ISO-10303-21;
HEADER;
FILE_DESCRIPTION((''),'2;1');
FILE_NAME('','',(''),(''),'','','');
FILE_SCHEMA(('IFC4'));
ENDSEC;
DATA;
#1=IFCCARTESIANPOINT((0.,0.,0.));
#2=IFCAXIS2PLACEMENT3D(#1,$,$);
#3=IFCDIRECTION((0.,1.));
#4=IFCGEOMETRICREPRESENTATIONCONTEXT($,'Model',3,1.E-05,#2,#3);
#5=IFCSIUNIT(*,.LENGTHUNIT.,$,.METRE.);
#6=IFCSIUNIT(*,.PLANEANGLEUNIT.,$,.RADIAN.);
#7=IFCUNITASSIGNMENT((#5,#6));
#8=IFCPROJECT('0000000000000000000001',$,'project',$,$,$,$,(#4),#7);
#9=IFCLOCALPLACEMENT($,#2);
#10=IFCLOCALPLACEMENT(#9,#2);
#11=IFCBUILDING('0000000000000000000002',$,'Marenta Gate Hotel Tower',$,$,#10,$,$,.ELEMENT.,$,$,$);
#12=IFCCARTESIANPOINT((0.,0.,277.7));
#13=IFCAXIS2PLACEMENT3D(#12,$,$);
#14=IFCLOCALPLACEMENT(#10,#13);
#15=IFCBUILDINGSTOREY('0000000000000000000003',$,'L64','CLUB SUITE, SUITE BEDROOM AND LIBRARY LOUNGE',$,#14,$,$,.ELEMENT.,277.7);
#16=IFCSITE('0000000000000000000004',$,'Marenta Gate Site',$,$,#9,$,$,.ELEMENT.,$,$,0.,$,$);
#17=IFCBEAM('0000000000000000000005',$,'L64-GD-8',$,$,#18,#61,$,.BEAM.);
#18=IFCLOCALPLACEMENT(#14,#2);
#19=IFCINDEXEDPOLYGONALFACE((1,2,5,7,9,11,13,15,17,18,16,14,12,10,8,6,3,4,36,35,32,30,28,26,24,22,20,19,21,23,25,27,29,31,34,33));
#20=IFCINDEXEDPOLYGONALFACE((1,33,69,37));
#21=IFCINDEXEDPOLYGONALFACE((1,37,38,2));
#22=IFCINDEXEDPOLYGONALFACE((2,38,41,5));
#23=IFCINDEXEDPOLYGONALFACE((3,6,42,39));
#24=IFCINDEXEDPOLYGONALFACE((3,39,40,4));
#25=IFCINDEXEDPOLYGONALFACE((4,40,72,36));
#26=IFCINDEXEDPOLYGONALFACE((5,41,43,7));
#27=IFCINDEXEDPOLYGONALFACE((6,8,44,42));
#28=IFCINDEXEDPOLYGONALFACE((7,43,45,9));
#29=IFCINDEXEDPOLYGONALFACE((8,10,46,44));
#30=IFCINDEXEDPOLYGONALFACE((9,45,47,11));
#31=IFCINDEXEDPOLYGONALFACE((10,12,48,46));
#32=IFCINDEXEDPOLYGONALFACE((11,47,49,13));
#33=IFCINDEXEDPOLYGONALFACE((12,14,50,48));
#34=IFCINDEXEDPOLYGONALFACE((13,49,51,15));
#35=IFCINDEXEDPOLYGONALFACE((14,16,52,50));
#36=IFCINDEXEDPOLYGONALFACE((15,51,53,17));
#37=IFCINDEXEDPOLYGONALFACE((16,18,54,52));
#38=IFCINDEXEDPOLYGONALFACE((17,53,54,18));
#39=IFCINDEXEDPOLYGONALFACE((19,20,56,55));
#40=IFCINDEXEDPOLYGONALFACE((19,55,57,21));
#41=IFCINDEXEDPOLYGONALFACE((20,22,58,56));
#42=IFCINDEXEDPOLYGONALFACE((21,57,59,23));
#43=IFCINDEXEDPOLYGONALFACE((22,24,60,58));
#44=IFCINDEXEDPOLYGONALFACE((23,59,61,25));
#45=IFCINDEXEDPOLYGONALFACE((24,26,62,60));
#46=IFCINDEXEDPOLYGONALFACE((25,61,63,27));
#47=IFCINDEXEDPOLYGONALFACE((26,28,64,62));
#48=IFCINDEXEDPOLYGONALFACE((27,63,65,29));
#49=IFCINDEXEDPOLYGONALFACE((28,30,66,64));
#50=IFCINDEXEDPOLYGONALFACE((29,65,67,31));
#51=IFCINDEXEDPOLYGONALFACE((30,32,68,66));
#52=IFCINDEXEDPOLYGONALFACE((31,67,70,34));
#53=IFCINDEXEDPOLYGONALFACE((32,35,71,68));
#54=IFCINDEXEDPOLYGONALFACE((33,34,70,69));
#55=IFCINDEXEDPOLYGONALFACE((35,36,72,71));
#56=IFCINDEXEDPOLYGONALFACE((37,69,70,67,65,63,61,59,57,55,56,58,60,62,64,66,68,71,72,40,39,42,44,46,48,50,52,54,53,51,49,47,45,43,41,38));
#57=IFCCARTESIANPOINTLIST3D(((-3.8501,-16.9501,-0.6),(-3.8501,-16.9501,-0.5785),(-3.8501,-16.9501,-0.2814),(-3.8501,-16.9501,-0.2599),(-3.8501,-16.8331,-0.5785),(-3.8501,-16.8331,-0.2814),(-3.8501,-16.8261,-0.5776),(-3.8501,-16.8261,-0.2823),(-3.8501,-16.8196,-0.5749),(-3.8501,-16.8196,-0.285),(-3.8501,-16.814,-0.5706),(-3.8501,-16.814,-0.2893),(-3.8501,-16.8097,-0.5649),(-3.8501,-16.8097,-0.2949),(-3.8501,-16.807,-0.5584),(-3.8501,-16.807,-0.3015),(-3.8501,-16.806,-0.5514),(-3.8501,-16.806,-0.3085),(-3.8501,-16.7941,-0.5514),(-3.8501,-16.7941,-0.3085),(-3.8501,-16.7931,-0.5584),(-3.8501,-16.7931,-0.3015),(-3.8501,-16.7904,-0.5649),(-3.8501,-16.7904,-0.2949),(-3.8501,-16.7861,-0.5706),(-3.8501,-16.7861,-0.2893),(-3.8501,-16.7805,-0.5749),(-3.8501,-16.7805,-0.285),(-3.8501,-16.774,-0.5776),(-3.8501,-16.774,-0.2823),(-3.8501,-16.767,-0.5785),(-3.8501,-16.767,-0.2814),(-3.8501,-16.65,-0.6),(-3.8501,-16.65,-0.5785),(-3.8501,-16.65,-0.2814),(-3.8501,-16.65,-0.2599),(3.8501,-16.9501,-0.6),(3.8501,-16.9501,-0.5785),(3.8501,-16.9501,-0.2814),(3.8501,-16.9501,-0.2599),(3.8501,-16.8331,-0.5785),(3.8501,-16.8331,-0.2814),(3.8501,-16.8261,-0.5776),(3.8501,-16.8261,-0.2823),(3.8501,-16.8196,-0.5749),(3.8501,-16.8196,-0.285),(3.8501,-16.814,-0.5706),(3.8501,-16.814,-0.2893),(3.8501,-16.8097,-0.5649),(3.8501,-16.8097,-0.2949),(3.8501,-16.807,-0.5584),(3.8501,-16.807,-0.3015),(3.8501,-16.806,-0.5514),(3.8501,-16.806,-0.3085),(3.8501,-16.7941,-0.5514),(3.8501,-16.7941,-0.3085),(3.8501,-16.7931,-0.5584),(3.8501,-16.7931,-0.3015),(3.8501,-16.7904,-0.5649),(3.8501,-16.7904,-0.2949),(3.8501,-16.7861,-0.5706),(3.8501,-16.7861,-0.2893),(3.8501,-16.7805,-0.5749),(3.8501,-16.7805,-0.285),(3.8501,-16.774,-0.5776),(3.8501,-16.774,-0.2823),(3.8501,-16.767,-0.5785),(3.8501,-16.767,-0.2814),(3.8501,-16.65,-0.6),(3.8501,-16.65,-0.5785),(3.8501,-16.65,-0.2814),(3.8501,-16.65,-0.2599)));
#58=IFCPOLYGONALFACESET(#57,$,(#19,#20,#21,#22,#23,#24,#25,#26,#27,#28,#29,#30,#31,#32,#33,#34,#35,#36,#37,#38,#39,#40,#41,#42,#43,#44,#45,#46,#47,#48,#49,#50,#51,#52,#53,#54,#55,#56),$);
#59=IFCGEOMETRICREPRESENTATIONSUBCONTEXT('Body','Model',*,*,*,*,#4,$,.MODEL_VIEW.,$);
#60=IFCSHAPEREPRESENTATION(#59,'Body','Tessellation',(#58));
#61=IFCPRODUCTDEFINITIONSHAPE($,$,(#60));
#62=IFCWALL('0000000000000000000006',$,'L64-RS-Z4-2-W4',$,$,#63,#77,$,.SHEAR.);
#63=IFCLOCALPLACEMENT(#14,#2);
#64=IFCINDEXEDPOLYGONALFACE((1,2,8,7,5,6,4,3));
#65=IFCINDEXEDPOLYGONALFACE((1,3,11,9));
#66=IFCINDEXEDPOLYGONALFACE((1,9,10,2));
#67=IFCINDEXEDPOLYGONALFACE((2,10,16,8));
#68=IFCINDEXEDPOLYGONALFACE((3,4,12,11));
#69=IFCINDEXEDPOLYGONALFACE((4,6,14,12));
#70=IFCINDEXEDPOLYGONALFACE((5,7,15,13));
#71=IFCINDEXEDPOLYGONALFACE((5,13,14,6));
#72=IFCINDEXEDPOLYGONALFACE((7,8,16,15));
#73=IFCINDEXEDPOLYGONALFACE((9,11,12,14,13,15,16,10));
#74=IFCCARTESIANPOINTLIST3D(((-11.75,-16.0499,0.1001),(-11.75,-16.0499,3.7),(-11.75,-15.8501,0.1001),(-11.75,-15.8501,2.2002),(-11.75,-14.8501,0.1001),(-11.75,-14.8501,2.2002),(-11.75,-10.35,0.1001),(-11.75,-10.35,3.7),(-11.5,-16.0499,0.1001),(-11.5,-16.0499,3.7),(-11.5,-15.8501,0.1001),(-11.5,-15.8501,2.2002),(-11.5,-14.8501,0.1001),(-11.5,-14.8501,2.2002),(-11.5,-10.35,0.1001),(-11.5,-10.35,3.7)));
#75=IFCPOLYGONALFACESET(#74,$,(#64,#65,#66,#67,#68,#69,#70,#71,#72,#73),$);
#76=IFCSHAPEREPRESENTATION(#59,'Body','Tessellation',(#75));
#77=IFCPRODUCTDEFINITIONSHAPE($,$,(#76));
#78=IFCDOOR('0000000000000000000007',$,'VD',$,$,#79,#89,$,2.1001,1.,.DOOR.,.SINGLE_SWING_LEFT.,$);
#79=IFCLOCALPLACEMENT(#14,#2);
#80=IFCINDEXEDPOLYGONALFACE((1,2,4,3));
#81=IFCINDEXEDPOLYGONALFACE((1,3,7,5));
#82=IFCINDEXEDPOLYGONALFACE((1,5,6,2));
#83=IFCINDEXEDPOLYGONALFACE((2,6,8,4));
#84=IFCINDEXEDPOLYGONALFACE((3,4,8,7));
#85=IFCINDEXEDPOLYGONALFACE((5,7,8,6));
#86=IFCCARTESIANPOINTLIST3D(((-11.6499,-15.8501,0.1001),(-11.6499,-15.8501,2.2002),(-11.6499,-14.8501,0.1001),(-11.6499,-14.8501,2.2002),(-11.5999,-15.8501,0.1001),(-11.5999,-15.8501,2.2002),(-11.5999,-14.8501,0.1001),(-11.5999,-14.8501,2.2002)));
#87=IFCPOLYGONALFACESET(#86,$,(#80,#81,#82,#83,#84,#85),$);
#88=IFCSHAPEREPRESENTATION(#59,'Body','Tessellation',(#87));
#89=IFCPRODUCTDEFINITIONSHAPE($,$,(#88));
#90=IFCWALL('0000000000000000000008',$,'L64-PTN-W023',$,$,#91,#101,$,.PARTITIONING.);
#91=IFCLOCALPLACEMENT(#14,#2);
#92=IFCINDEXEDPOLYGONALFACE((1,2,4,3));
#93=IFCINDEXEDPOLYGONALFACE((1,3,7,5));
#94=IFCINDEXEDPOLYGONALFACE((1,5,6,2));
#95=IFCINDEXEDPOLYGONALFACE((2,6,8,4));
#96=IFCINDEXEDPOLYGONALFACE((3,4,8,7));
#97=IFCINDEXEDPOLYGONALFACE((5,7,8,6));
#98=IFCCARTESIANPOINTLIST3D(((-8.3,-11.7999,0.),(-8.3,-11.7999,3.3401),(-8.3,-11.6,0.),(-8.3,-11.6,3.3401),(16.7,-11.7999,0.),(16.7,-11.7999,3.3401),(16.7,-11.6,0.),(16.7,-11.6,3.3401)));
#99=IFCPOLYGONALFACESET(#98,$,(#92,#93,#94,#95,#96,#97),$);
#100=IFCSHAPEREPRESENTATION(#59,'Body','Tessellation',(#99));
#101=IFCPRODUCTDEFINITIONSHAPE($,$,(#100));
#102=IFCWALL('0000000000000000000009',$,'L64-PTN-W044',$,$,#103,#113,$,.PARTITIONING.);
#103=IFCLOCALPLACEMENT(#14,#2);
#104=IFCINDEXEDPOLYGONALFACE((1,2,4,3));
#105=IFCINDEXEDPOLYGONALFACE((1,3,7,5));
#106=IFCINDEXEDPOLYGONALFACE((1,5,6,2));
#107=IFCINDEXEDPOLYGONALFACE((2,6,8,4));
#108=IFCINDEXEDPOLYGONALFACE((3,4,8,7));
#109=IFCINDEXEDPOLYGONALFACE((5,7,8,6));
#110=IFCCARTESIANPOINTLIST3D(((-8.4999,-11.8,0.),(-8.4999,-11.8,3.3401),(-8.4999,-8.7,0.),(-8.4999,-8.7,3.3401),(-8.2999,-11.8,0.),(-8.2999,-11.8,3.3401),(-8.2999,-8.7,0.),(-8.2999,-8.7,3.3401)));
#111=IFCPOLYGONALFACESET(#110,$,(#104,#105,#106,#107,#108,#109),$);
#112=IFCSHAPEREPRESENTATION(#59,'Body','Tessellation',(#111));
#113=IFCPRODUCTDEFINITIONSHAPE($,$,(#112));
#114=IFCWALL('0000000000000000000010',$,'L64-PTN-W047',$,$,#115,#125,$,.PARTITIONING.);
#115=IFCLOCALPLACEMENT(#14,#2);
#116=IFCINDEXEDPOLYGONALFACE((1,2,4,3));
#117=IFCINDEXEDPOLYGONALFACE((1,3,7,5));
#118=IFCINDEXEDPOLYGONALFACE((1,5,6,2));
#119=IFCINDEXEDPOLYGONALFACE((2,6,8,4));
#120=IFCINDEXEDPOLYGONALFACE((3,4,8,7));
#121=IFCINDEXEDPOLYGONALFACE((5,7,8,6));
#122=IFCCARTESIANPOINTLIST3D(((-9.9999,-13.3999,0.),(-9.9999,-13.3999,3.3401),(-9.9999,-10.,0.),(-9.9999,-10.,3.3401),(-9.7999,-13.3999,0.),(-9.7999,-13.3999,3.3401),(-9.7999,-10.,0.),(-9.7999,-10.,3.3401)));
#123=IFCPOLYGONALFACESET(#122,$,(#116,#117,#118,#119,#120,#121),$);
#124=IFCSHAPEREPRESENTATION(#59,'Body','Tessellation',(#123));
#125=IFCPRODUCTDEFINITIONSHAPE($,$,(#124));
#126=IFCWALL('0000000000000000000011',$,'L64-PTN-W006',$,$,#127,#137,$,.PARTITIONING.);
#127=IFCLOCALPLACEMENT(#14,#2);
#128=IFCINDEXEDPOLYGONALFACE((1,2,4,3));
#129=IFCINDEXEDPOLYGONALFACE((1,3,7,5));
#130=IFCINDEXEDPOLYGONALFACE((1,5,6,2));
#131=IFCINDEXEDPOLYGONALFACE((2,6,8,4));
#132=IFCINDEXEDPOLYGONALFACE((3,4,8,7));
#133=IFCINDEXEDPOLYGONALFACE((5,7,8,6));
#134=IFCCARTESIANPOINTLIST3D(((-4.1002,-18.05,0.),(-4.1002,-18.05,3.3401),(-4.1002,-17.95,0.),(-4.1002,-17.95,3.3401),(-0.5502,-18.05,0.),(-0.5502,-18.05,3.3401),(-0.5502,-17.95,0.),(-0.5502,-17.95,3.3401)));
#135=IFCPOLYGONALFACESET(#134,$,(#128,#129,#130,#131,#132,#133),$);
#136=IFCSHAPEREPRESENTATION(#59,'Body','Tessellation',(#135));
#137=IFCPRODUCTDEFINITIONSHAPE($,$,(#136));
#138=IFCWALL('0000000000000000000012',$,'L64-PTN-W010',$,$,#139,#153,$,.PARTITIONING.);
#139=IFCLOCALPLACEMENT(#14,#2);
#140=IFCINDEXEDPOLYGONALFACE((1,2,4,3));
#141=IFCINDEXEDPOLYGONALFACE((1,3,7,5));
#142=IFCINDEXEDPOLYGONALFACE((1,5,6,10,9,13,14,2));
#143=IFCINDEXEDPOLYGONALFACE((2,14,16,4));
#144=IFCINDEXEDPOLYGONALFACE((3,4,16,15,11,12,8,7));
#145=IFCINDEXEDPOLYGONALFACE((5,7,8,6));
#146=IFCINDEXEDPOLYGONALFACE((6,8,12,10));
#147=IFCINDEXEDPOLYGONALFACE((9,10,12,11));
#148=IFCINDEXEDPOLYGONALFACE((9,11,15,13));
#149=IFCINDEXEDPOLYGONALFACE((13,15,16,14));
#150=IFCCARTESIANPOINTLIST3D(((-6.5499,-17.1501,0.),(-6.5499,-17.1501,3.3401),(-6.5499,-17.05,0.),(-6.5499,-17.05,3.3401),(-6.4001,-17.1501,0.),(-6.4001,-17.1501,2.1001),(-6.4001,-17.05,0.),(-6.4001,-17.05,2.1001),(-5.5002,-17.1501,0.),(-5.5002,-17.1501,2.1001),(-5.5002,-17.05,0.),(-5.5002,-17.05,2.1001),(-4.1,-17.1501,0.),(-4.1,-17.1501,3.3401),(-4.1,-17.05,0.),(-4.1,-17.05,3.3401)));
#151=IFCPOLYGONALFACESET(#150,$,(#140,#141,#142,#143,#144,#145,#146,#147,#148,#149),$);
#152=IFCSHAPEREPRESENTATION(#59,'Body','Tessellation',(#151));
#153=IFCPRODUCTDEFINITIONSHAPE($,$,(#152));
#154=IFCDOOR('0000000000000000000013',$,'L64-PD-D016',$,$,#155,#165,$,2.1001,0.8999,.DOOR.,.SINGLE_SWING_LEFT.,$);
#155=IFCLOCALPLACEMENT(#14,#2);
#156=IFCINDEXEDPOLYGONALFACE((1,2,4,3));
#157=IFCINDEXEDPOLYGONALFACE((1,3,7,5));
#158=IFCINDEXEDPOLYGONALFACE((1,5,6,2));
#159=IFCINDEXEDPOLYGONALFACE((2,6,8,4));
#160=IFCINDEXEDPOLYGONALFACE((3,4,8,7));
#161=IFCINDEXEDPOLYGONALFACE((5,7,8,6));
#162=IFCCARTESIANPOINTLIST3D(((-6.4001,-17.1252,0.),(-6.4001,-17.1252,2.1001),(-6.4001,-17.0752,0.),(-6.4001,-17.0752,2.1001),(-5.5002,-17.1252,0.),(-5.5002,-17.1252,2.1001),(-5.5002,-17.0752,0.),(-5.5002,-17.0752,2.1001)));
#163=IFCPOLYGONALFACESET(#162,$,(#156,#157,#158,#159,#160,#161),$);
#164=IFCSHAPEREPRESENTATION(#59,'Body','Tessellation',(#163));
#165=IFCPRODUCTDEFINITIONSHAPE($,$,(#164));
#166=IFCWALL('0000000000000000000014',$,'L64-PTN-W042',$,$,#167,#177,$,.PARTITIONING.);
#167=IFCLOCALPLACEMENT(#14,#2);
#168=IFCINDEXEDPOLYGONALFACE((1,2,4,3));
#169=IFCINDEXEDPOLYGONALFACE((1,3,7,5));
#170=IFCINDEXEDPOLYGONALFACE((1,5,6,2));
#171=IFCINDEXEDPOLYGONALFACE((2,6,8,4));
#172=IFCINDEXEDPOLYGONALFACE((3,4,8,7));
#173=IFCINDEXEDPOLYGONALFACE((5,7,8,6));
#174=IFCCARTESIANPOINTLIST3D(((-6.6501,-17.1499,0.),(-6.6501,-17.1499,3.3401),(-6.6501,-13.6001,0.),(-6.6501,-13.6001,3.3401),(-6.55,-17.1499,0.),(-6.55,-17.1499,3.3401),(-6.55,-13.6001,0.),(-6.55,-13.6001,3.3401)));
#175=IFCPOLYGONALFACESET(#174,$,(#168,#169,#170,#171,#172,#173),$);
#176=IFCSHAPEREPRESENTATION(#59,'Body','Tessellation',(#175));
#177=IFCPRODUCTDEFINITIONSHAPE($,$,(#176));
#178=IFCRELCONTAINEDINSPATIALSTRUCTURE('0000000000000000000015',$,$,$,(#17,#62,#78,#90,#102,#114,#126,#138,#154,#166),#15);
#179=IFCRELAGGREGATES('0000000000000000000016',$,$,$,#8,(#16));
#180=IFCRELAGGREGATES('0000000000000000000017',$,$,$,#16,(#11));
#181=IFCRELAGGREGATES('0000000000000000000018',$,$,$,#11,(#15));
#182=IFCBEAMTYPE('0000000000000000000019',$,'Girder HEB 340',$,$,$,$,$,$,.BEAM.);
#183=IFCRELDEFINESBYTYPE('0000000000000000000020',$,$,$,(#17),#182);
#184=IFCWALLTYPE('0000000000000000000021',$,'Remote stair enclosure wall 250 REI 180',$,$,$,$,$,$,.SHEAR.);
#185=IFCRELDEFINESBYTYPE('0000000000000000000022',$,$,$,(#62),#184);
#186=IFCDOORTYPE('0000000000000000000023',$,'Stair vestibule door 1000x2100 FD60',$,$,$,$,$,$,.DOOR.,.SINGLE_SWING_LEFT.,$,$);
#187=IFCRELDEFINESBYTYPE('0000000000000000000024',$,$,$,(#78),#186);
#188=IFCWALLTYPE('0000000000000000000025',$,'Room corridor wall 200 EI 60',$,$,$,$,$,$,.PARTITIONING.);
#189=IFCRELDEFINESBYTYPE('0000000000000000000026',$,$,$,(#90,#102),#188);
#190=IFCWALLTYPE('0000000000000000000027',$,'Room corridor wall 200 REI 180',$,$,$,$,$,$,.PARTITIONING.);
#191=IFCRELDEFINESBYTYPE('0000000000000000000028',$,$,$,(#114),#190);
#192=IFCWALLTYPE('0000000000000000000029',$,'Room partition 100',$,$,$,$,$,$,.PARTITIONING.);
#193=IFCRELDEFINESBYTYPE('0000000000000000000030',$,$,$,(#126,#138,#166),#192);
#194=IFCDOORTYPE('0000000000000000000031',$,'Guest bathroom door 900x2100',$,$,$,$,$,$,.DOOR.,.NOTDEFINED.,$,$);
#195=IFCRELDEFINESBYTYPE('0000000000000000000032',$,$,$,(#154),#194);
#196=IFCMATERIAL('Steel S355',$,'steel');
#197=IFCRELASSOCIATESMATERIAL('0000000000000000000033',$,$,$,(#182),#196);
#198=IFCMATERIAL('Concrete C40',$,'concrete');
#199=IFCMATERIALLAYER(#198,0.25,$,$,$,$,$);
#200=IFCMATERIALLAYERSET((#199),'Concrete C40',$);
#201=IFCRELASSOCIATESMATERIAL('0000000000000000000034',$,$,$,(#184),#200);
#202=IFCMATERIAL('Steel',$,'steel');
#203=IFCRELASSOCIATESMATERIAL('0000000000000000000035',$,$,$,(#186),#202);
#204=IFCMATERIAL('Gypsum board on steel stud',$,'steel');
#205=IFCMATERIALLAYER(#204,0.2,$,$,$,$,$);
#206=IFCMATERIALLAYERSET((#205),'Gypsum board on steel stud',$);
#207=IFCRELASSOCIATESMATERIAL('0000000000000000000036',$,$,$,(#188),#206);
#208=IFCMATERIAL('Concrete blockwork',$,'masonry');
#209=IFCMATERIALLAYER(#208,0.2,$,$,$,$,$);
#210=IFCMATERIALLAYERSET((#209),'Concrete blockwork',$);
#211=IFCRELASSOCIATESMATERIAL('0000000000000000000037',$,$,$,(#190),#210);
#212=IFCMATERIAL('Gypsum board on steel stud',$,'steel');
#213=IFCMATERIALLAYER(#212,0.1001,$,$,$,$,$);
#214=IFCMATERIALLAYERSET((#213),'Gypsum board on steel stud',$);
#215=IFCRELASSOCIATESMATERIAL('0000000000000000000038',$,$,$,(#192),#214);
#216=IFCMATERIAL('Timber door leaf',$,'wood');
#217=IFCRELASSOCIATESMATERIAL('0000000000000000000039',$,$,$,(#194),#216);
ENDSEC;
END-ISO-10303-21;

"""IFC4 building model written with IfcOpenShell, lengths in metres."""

from ifc_helpers import new_model, si_unit, direction, frame, frame_2d, origin, origin_2d, place, context, subcontext, project, spatial, rectangle, i_section, extrude, material, layer, layer_set, material_profile, profile_set, type_object, element, fill, save


model = new_model("IFC4")

# Units and contexts
model_context = context("Model", 3, precision=1e-05, world=origin(), true_north=direction((0.0, 1.0)))
body_context = subcontext(model_context, "Body", "Model", "MODEL_VIEW")
ifc_project = project(units=[si_unit("LENGTHUNIT", "METRE"), si_unit("PLANEANGLEUNIT", "RADIAN")], contexts=[model_context])

# Site, building, storey
site_placement = place(None, origin())
site = spatial("IfcSite", under=ifc_project, at=site_placement, Name="Marenta Gate Site", CompositionType="ELEMENT", RefElevation=0.0)
building_placement = place(site_placement, origin())
building = spatial("IfcBuilding", under=site, at=building_placement, Name="Marenta Gate Hotel Tower", CompositionType="ELEMENT")
storey_placement = place(building_placement, frame((0.0, 0.0, 277.7)))
storey = spatial("IfcBuildingStorey", under=building, at=storey_placement, Name="L64", Description="CLUB SUITE, SUITE BEDROOM AND LIBRARY LOUNGE", CompositionType="ELEMENT", Elevation=277.7)

# Beam
ifc_material_1 = material(Name="Steel S355", Category="steel")
ifc_material_profile_1 = material_profile(ifc_material_1, i_section(OverallWidth=0.3, OverallDepth=0.3401, WebThickness=0.012, FlangeThickness=0.0215, FilletRadius=0.0271, at=origin_2d()), Name="HEB 340")
ifc_profile_set_1 = profile_set([ifc_material_profile_1], Name="Steel S355")
beam_type = type_object("IfcBeamType", Name="Girder HEB 340", PredefinedType="BEAM", material=ifc_profile_set_1)
beam_1_placement = place(storey_placement, frame((-3.8501, -16.8, -0.4299), z_axis=(1.0, 0.0, 0.0), x_axis=(0.0, 1.0, 0.0)))
element("IfcBeam", 1, at=beam_1_placement, inside=storey, type_object=beam_type, Name="L64-GD-8", PredefinedType="BEAM", context=body_context, shape_type="SweptSolid", body=[
    extrude(i_section(OverallWidth=0.3, OverallDepth=0.3401, WebThickness=0.012, FlangeThickness=0.0215, FilletRadius=0.0271, at=origin_2d()), origin(), (0.0, 0.0, 1.0), 7.7002),
])

# Wall, opening, door
ifc_material_2 = material(Name="Concrete C40", Category="concrete")
ifc_layer_1 = layer(ifc_material_2, 0.25)
ifc_layer_set_1 = layer_set([ifc_layer_1], Name="Concrete C40")
wall_type_1 = type_object("IfcWallType", Name="Remote stair enclosure wall 250 REI 180", PredefinedType="SHEAR", material=ifc_layer_set_1)
wall_1_placement = place(storey_placement, frame((-11.625, -16.05, 0.1001), z_axis=(0.0, 0.0, 1.0), x_axis=(0.0, 1.0, 0.0)))
wall_1 = element("IfcWall", 2, at=wall_1_placement, inside=storey, type_object=wall_type_1, Name="L64-RS-Z4-2-W4", PredefinedType="SHEAR", context=body_context, shape_type="SweptSolid", body=[
    extrude(rectangle(XDim=5.7, YDim=0.25, at=frame_2d((2.8501, 0.0))), origin(), (0.0, 0.0, 1.0), 3.5999),
])
opening_1_placement = place(wall_1_placement, frame((0.2, 0.0, 0.0)))
opening_1 = element("IfcOpeningElement", 3, at=opening_1_placement, cuts=wall_1, PredefinedType="OPENING", context=body_context, shape_type="SweptSolid", body=[
    extrude(rectangle(XDim=1.0, YDim=2.1001, at=frame_2d((0.5, 1.05))), frame((0.0, 0.125, 0.0), z_axis=(0.0, -1.0, 0.0), x_axis=(1.0, 0.0, 0.0)), (0.0, 0.0, 1.0), 0.25),
])
ifc_material_3 = material(Name="Steel", Category="steel")
door_type_1 = type_object("IfcDoorType", Name="Stair vestibule door 1000x2100 FD60", OperationType="SINGLE_SWING_LEFT", PredefinedType="DOOR", material=ifc_material_3)
door_1_placement = place(opening_1_placement, origin())
door_1 = element("IfcDoor", 4, at=door_1_placement, inside=storey, type_object=door_type_1, Name="VD", OperationType="SINGLE_SWING_LEFT", OverallHeight=2.1001, OverallWidth=1.0, PredefinedType="DOOR", context=body_context, shape_type="SweptSolid", body=[
    extrude(rectangle(XDim=1.0, YDim=2.1001, at=frame_2d((0.5, 1.05))), frame((0.0, 0.0249, 0.0), z_axis=(0.0, -1.0, 0.0), x_axis=(1.0, 0.0, 0.0)), (0.0, 0.0, 1.0), 0.05),
])
fill(opening_1, door_1)

# Shared definitions
ifc_material_4 = material(Name="Gypsum board on steel stud", Category="steel")
ifc_layer_2 = layer(ifc_material_4, 0.2)
ifc_layer_set_2 = layer_set([ifc_layer_2], Name="Gypsum board on steel stud")
wall_type_2 = type_object("IfcWallType", Name="Room corridor wall 200 EI 60", PredefinedType="PARTITIONING", material=ifc_layer_set_2)

# Walls
wall_2_placement = place(storey_placement, frame((-8.3, -11.7, 0.0), z_axis=(0.0, 0.0, 1.0), x_axis=(1.0, 0.0, 0.0)))
element("IfcWall", 5, at=wall_2_placement, inside=storey, type_object=wall_type_2, Name="L64-PTN-W023", PredefinedType="PARTITIONING", context=body_context, shape_type="SweptSolid", body=[
    extrude(rectangle(XDim=25.0, YDim=0.2, at=frame_2d((12.5, 0.0))), origin(), (0.0, 0.0, 1.0), 3.3401),
])
wall_3_placement = place(storey_placement, frame((-8.3999, -11.8, 0.0), z_axis=(0.0, 0.0, 1.0), x_axis=(0.0, 1.0, 0.0)))
element("IfcWall", 6, at=wall_3_placement, inside=storey, type_object=wall_type_2, Name="L64-PTN-W044", PredefinedType="PARTITIONING", context=body_context, shape_type="SweptSolid", body=[
    extrude(rectangle(XDim=3.1001, YDim=0.2, at=frame_2d((1.55, 0.0))), origin(), (0.0, 0.0, 1.0), 3.3401),
])
ifc_material_5 = material(Name="Concrete blockwork", Category="masonry")
ifc_layer_3 = layer(ifc_material_5, 0.2)
ifc_layer_set_3 = layer_set([ifc_layer_3], Name="Concrete blockwork")
wall_type_3 = type_object("IfcWallType", Name="Room corridor wall 200 REI 180", PredefinedType="PARTITIONING", material=ifc_layer_set_3)
wall_4_placement = place(storey_placement, frame((-9.8999, -13.3999, 0.0), z_axis=(0.0, 0.0, 1.0), x_axis=(0.0, 1.0, 0.0)))
element("IfcWall", 7, at=wall_4_placement, inside=storey, type_object=wall_type_3, Name="L64-PTN-W047", PredefinedType="PARTITIONING", context=body_context, shape_type="SweptSolid", body=[
    extrude(rectangle(XDim=3.3999, YDim=0.2, at=frame_2d((1.7, 0.0))), origin(), (0.0, 0.0, 1.0), 3.3401),
])
ifc_material_6 = material(Name="Gypsum board on steel stud", Category="steel")
ifc_layer_4 = layer(ifc_material_6, 0.1001)
ifc_layer_set_4 = layer_set([ifc_layer_4], Name="Gypsum board on steel stud")
wall_type_4 = type_object("IfcWallType", Name="Room partition 100", PredefinedType="PARTITIONING", material=ifc_layer_set_4)
wall_5_placement = place(storey_placement, frame((-4.1001, -18.0, 0.0), z_axis=(0.0, 0.0, 1.0), x_axis=(1.0, 0.0, 0.0)))
element("IfcWall", 8, at=wall_5_placement, inside=storey, type_object=wall_type_4, Name="L64-PTN-W006", PredefinedType="PARTITIONING", context=body_context, shape_type="SweptSolid", body=[
    extrude(rectangle(XDim=3.55, YDim=0.1001, at=frame_2d((1.7749, 0.0))), origin(), (0.0, 0.0, 1.0), 3.3401),
])

# Wall, opening, door
wall_6_placement = place(storey_placement, frame((-6.55, -17.1001, 0.0), z_axis=(0.0, 0.0, 1.0), x_axis=(1.0, 0.0, 0.0)))
wall_6 = element("IfcWall", 9, at=wall_6_placement, inside=storey, type_object=wall_type_4, Name="L64-PTN-W010", PredefinedType="PARTITIONING", context=body_context, shape_type="SweptSolid", body=[
    extrude(rectangle(XDim=2.45, YDim=0.1001, at=frame_2d((1.2251, 0.0))), origin(), (0.0, 0.0, 1.0), 3.3401),
])
opening_2_placement = place(wall_6_placement, frame((0.1499, 0.0, 0.0)))
opening_2 = element("IfcOpeningElement", 10, at=opening_2_placement, cuts=wall_6, PredefinedType="OPENING", context=body_context, shape_type="SweptSolid", body=[
    extrude(rectangle(XDim=0.8999, YDim=2.1001, at=frame_2d((0.45, 1.05))), frame((0.0, 0.05, 0.0), z_axis=(0.0, -1.0, 0.0), x_axis=(1.0, 0.0, 0.0)), (0.0, 0.0, 1.0), 0.1001),
])
ifc_material_7 = material(Name="Timber door leaf", Category="wood")
door_type_2 = type_object("IfcDoorType", Name="Guest bathroom door 900x2100", OperationType="NOTDEFINED", PredefinedType="DOOR", material=ifc_material_7)
door_2_placement = place(opening_2_placement, origin())
door_2 = element("IfcDoor", 11, at=door_2_placement, inside=storey, type_object=door_type_2, Name="L64-PD-D016", OperationType="SINGLE_SWING_LEFT", OverallHeight=2.1001, OverallWidth=0.8999, PredefinedType="DOOR", context=body_context, shape_type="SweptSolid", body=[
    extrude(rectangle(XDim=0.8999, YDim=2.1001, at=frame_2d((0.45, 1.05))), frame((0.0, 0.0249, 0.0), z_axis=(0.0, -1.0, 0.0), x_axis=(1.0, 0.0, 0.0)), (0.0, 0.0, 1.0), 0.05),
])
fill(opening_2, door_2)

# Wall
wall_7_placement = place(storey_placement, frame((-6.6001, -17.1499, 0.0), z_axis=(0.0, 0.0, 1.0), x_axis=(0.0, 1.0, 0.0)))
element("IfcWall", 12, at=wall_7_placement, inside=storey, type_object=wall_type_4, Name="L64-PTN-W042", PredefinedType="PARTITIONING", context=body_context, shape_type="SweptSolid", body=[
    extrude(rectangle(XDim=3.5498, YDim=0.1001, at=frame_2d((1.7749, 0.0))), origin(), (0.0, 0.0, 1.0), 3.3401),
])

save(model, "model.ifc")
